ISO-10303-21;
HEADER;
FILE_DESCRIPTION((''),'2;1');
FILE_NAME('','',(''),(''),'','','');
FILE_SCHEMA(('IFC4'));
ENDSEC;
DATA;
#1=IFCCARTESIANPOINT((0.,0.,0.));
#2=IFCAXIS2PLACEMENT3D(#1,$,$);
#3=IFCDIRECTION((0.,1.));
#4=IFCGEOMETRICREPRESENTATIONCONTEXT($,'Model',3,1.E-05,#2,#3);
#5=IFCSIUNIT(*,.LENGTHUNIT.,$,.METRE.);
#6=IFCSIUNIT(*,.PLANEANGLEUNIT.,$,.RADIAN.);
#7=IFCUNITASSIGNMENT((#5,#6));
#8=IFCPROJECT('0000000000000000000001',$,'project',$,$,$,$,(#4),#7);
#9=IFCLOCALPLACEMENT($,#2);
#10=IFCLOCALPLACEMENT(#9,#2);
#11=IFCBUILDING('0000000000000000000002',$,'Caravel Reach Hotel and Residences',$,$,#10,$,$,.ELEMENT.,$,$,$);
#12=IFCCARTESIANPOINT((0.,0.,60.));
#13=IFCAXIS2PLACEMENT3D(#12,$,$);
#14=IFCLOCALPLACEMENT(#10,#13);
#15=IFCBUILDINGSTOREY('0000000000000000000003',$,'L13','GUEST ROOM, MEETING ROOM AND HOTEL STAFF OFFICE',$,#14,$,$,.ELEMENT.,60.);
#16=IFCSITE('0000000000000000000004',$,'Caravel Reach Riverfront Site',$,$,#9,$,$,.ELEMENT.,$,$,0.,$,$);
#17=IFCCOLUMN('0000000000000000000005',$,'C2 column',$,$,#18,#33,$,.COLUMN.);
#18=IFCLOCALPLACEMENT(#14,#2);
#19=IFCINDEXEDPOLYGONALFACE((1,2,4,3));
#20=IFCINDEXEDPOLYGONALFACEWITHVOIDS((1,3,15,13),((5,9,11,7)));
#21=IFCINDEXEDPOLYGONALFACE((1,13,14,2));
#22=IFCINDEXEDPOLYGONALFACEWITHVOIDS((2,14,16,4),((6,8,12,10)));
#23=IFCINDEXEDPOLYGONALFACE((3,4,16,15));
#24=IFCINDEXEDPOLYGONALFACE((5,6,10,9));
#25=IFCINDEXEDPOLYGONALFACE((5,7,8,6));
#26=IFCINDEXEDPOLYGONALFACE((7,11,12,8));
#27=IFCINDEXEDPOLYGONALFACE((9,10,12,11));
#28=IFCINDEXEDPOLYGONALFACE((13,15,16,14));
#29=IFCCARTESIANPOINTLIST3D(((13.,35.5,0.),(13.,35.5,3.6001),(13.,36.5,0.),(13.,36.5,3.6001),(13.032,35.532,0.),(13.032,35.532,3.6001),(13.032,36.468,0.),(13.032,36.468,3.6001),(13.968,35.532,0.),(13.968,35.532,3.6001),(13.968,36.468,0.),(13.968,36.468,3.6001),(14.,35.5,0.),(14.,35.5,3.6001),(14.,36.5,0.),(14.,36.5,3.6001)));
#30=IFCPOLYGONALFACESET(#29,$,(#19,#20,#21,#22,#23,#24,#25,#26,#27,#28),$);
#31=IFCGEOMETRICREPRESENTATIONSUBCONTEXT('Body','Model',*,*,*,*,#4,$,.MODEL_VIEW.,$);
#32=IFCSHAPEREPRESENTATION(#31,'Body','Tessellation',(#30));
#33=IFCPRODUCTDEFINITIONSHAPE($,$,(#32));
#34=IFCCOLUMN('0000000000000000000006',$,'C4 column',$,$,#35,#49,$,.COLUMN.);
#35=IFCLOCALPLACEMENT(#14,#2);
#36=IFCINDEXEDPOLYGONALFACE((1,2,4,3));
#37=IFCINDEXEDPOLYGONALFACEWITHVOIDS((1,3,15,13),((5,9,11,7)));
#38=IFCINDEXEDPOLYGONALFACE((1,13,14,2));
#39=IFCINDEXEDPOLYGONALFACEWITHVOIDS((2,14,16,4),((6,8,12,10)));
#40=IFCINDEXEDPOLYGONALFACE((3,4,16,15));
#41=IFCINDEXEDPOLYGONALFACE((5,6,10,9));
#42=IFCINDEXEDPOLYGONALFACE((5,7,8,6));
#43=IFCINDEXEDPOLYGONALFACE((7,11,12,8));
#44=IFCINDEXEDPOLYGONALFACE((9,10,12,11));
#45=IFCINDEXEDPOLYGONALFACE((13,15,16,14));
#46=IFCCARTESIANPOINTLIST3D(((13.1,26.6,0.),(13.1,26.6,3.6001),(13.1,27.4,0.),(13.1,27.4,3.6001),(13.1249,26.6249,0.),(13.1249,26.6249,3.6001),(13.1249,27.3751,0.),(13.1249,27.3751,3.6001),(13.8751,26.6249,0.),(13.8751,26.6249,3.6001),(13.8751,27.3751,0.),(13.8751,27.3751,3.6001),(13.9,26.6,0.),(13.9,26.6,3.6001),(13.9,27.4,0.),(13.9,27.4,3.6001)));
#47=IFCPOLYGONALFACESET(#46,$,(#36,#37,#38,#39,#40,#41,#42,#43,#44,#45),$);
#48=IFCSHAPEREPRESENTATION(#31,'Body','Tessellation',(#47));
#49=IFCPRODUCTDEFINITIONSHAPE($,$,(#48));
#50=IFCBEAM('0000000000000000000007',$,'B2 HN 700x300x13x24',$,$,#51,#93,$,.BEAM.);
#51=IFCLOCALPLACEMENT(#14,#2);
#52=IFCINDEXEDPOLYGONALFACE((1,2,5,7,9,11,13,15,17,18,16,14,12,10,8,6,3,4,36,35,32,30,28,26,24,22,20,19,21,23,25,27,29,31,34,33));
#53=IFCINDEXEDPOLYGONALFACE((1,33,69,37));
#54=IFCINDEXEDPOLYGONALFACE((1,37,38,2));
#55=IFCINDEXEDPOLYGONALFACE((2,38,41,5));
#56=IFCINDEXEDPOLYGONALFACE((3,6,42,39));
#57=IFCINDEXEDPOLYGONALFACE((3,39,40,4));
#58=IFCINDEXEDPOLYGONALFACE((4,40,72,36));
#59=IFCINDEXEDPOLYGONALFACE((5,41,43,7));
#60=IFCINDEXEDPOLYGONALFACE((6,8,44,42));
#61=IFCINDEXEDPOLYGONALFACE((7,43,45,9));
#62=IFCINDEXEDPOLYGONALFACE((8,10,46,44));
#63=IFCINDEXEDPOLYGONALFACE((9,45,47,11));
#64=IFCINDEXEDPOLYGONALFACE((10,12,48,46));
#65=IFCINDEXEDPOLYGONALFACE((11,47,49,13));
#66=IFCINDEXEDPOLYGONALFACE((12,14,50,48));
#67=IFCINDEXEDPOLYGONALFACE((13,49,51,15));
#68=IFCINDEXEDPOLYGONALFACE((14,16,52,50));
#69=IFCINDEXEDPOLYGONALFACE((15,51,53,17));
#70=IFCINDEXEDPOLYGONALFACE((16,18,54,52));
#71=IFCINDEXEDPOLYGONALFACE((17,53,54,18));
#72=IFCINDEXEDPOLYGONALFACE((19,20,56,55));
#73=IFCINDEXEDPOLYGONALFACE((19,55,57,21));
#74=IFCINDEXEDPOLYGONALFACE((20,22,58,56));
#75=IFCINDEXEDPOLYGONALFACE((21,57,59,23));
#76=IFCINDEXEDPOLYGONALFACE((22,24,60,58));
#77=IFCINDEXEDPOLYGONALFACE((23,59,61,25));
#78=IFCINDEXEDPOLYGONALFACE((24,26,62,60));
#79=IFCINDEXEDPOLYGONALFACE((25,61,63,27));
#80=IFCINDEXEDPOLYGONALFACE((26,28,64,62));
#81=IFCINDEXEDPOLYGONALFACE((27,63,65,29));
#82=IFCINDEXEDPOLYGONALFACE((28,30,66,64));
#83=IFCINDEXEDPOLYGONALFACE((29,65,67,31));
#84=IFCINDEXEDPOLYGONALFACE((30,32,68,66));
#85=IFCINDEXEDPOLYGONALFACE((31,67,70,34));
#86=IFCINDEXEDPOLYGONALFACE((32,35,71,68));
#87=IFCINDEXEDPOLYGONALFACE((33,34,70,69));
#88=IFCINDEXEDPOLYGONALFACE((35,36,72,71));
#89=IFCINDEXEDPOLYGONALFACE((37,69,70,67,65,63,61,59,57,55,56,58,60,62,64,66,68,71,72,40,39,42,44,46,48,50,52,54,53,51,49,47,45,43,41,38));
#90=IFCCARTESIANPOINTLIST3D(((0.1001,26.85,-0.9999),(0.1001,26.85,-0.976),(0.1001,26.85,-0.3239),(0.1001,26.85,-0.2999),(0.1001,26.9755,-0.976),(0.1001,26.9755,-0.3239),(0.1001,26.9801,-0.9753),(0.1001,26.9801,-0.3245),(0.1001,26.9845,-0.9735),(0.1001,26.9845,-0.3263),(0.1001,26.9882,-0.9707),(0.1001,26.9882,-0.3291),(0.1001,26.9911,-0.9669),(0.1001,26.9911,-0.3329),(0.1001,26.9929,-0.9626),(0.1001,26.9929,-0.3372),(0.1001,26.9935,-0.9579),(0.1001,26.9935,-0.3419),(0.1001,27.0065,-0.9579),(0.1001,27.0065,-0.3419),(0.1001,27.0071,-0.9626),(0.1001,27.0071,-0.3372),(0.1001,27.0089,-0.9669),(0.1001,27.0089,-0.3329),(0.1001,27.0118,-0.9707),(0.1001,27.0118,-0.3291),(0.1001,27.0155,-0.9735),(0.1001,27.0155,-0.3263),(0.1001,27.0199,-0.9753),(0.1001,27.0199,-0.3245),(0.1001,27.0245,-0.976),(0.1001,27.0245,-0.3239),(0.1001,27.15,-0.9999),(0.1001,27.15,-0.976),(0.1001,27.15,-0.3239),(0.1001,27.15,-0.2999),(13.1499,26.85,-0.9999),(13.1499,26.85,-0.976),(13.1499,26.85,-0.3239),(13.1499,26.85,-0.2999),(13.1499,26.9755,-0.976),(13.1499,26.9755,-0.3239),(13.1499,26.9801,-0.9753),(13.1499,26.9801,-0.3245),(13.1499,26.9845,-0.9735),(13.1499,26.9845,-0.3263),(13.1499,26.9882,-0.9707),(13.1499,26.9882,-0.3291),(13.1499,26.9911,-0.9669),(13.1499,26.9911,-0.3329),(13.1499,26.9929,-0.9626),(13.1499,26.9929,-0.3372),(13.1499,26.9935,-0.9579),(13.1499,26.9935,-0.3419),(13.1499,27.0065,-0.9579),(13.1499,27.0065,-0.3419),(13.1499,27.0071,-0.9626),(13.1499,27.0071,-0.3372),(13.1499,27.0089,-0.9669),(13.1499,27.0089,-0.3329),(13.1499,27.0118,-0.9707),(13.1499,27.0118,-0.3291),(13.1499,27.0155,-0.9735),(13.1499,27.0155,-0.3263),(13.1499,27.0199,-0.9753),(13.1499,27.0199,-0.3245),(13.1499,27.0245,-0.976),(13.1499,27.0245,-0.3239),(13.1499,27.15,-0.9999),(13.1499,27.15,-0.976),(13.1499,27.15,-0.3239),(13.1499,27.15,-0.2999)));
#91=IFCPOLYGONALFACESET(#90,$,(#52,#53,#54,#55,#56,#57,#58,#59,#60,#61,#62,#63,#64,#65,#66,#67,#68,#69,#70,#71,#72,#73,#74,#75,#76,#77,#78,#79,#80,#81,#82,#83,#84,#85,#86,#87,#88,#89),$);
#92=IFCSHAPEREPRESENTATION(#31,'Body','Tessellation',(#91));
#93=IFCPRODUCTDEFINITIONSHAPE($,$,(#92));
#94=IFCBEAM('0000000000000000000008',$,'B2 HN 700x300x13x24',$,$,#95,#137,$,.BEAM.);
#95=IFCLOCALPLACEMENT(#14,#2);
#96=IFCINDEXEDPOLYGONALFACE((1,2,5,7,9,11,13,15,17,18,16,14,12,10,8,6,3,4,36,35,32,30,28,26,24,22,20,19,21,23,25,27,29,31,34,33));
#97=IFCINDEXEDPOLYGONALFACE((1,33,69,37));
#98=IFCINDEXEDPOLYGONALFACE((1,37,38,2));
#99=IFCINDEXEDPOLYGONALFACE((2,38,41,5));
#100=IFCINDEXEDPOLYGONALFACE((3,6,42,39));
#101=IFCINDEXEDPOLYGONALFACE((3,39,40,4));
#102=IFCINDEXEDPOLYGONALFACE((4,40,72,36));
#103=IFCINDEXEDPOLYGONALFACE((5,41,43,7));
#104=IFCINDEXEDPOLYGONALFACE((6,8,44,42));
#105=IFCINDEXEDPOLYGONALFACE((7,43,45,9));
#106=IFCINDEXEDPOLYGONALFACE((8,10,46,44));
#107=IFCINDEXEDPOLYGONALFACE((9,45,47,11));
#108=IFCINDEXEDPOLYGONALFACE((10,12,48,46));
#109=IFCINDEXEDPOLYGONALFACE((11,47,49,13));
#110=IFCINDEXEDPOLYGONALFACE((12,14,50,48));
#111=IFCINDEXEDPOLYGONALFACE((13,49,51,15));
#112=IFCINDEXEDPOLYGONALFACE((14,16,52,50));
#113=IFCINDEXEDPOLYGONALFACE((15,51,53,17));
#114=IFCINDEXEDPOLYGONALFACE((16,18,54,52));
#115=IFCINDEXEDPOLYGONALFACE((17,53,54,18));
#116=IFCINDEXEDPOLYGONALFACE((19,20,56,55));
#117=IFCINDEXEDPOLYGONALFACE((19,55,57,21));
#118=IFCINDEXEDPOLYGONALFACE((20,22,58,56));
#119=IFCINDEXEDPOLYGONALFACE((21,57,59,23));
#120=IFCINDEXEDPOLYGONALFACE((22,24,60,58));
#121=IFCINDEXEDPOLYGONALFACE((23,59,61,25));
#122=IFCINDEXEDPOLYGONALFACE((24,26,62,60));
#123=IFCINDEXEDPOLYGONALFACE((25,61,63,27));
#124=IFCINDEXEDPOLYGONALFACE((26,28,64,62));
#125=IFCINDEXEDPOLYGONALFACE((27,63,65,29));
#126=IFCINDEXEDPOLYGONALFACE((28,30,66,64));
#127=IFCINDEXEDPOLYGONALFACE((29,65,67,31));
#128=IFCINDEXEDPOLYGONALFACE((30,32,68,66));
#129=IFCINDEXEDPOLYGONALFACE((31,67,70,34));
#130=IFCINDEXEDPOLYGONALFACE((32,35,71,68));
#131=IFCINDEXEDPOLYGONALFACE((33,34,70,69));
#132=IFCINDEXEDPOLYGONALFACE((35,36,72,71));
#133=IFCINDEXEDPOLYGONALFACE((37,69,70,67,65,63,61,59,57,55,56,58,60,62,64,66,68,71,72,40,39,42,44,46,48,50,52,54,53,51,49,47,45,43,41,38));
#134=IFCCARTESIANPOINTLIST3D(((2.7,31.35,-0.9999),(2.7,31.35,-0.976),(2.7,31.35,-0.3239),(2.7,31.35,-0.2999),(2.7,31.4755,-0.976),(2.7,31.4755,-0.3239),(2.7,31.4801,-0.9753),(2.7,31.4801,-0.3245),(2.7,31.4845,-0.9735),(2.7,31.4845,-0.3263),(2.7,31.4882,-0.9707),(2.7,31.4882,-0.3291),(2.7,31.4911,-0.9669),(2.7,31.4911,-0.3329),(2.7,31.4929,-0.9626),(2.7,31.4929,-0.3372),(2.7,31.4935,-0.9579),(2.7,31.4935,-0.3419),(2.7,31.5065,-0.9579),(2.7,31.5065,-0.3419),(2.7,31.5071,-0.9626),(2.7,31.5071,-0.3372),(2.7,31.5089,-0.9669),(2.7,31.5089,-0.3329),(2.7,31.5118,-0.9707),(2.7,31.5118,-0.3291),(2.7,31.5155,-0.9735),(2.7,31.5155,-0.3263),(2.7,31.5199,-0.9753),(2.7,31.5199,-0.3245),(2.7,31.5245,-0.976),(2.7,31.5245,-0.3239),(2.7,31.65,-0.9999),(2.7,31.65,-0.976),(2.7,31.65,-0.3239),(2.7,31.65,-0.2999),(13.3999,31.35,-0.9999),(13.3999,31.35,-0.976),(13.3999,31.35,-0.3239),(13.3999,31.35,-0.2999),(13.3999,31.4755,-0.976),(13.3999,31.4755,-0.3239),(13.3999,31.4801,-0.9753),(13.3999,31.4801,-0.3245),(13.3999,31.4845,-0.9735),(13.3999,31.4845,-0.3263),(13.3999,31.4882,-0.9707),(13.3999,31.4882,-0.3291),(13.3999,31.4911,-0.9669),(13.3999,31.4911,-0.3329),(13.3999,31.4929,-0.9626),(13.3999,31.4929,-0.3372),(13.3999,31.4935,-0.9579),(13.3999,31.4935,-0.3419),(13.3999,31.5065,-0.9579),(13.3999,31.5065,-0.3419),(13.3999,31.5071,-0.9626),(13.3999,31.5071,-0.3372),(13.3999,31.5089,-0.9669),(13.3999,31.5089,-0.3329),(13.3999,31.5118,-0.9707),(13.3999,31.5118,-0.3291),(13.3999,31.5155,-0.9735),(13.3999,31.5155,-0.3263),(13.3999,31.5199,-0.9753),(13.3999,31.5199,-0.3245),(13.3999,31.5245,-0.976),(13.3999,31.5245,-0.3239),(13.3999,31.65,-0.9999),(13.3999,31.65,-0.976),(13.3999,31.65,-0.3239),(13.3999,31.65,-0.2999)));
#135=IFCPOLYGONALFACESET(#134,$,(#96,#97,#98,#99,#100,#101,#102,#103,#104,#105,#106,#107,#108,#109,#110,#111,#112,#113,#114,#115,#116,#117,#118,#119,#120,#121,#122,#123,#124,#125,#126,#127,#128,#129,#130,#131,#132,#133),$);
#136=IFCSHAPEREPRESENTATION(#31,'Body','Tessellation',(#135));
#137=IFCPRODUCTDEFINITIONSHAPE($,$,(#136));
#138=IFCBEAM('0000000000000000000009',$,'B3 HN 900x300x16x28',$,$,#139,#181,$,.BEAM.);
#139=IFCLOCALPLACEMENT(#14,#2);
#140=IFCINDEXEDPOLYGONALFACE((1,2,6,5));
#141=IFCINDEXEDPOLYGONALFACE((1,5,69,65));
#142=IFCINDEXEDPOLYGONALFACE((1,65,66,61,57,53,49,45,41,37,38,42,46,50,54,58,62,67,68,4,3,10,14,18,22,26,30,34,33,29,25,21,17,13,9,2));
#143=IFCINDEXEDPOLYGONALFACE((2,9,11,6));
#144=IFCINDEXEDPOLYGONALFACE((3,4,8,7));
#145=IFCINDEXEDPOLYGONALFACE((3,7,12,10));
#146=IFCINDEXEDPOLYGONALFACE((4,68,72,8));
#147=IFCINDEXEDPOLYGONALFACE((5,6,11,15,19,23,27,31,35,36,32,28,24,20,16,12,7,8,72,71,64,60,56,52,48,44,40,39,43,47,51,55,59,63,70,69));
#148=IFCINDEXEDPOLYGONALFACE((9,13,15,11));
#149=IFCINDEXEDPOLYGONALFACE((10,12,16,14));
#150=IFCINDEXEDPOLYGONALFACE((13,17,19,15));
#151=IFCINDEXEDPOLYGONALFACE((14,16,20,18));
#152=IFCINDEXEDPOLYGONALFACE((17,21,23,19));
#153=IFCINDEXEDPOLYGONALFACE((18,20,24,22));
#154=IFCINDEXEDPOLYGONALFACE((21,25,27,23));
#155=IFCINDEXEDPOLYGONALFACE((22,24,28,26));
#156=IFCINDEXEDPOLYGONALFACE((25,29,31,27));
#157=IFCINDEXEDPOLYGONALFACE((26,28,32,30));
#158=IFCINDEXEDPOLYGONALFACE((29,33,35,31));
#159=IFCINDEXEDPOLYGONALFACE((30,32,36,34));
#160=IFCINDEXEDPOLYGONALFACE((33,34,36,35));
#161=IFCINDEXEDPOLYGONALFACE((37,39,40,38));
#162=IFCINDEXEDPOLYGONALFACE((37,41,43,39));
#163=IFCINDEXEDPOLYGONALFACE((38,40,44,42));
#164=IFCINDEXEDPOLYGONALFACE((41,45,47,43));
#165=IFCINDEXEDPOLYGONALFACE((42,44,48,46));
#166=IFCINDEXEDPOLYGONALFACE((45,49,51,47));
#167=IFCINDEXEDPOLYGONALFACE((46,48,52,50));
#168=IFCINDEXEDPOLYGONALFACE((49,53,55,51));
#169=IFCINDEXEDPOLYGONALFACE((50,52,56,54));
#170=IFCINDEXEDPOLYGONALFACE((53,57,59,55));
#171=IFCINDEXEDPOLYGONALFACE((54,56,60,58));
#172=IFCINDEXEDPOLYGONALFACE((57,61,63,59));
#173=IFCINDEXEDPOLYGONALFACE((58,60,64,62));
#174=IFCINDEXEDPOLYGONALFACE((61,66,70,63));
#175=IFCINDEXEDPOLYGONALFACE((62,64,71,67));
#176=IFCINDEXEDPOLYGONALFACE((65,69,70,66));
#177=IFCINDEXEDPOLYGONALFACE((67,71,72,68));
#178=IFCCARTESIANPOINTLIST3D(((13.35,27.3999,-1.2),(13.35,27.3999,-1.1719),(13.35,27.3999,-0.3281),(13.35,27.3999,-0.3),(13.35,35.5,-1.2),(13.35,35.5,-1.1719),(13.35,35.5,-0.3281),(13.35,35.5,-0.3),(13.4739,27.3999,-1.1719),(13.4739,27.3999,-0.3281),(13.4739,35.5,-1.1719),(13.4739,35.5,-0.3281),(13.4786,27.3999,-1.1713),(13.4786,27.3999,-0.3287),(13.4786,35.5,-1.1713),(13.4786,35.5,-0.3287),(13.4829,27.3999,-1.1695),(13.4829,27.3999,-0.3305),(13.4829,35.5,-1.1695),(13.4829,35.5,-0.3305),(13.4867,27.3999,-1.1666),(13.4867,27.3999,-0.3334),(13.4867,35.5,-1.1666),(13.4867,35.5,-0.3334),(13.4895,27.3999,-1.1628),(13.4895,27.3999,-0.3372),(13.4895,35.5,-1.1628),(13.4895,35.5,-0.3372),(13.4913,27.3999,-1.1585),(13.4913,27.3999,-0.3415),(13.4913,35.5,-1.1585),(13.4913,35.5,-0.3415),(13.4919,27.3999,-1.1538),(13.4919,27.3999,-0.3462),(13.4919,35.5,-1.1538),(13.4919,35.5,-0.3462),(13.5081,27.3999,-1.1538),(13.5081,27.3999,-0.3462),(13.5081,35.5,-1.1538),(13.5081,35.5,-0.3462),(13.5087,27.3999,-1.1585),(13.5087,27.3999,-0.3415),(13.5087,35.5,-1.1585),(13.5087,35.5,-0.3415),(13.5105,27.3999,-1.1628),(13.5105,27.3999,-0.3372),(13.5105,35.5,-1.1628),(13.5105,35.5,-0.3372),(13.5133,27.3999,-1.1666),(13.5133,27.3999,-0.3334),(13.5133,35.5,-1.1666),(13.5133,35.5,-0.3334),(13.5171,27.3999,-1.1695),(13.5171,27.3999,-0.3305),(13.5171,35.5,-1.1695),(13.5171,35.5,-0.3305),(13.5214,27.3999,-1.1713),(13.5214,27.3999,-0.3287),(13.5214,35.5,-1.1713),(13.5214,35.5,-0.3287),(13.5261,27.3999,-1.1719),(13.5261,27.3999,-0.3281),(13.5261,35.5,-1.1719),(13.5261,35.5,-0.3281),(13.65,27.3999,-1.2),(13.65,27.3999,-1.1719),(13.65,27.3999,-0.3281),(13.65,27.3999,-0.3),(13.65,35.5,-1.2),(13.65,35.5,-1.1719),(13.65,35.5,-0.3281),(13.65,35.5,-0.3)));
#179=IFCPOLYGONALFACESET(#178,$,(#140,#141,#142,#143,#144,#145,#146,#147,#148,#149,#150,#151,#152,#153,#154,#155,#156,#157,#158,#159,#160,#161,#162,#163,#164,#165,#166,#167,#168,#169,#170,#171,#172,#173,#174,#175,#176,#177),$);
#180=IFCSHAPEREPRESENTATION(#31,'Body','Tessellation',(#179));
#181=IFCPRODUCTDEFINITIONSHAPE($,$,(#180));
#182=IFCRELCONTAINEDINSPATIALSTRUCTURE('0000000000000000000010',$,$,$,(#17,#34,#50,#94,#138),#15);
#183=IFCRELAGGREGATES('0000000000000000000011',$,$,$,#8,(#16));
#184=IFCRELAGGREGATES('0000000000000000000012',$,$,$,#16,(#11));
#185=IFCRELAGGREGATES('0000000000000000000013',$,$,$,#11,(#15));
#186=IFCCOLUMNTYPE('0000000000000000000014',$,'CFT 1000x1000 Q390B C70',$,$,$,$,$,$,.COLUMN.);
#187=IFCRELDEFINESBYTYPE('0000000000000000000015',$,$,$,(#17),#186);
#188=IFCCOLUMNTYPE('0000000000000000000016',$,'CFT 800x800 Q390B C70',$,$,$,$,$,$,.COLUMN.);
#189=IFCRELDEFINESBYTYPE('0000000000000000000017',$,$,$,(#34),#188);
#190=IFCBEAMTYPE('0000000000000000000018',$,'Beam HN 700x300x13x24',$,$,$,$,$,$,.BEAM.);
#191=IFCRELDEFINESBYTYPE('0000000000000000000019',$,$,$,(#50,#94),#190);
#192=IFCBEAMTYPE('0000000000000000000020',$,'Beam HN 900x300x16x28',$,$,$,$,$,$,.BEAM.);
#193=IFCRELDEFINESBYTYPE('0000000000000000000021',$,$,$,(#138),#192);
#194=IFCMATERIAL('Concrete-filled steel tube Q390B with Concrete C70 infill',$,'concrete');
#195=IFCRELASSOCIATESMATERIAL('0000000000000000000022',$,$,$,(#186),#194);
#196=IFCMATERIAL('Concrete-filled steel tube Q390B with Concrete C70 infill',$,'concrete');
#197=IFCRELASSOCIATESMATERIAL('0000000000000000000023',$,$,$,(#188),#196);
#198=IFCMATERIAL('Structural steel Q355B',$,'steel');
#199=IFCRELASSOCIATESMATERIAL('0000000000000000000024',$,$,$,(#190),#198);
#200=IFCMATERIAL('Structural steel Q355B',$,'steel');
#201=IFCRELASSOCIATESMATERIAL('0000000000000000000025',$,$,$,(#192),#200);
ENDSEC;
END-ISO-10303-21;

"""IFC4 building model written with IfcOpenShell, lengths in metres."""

from ifc_helpers import new_model, si_unit, direction, frame, origin, origin_2d, place, context, subcontext, project, spatial, hollow_rectangle, i_section, extrude, material, material_profile, profile_set, type_object, element, save


model = new_model("IFC4")

# Units and contexts
model_context = context("Model", 3, precision=1e-05, world=origin(), true_north=direction((0.0, 1.0)))
body_context = subcontext(model_context, "Body", "Model", "MODEL_VIEW")
ifc_project = project(units=[si_unit("LENGTHUNIT", "METRE"), si_unit("PLANEANGLEUNIT", "RADIAN")], contexts=[model_context])

# Site, building, storey
site_placement = place(None, origin())
site = spatial("IfcSite", under=ifc_project, at=site_placement, Name="Caravel Reach Riverfront Site", CompositionType="ELEMENT", RefElevation=0.0)
building_placement = place(site_placement, origin())
building = spatial("IfcBuilding", under=site, at=building_placement, Name="Caravel Reach Hotel and Residences", CompositionType="ELEMENT")
storey_placement = place(building_placement, frame((0.0, 0.0, 60.0)))
storey = spatial("IfcBuildingStorey", under=building, at=storey_placement, Name="L13", Description="GUEST ROOM, MEETING ROOM AND HOTEL STAFF OFFICE", CompositionType="ELEMENT", Elevation=60.0)

# Columns
ifc_material_1 = material(Name="Concrete-filled steel tube Q390B with Concrete C70 infill", Category="concrete")
ifc_material_profile_1 = material_profile(ifc_material_1, hollow_rectangle(XDim=1.0, YDim=1.0, WallThickness=0.032, at=origin_2d()), Name="RHS 1000x1000x32")
ifc_profile_set_1 = profile_set([ifc_material_profile_1], Name="Concrete-filled steel tube Q390B with Concrete C70 infill")
column_type_1 = type_object("IfcColumnType", Name="CFT 1000x1000 Q390B C70", PredefinedType="COLUMN", material=ifc_profile_set_1)
column_1_placement = place(storey_placement, frame((13.5, 36.0, 0.0), z_axis=(0.0, 0.0, 1.0), x_axis=(1.0, 0.0, 0.0)))
element("IfcColumn", 1, at=column_1_placement, inside=storey, type_object=column_type_1, Name="C2 column", PredefinedType="COLUMN", context=body_context, shape_type="SweptSolid", body=[
    extrude(hollow_rectangle(XDim=1.0, YDim=1.0, WallThickness=0.032, at=origin_2d()), origin(), (0.0, 0.0, 1.0), 3.6001),
])
ifc_material_2 = material(Name="Concrete-filled steel tube Q390B with Concrete C70 infill", Category="concrete")
ifc_material_profile_2 = material_profile(ifc_material_2, hollow_rectangle(XDim=0.8, YDim=0.8, WallThickness=0.0249, at=origin_2d()), Name="RHS 800x800x25")
ifc_profile_set_2 = profile_set([ifc_material_profile_2], Name="Concrete-filled steel tube Q390B with Concrete C70 infill")
column_type_2 = type_object("IfcColumnType", Name="CFT 800x800 Q390B C70", PredefinedType="COLUMN", material=ifc_profile_set_2)
column_2_placement = place(storey_placement, frame((13.5, 27.0, 0.0), z_axis=(0.0, 0.0, 1.0), x_axis=(1.0, 0.0, 0.0)))
element("IfcColumn", 2, at=column_2_placement, inside=storey, type_object=column_type_2, Name="C4 column", PredefinedType="COLUMN", context=body_context, shape_type="SweptSolid", body=[
    extrude(hollow_rectangle(XDim=0.8, YDim=0.8, WallThickness=0.0249, at=origin_2d()), origin(), (0.0, 0.0, 1.0), 3.6001),
])

# Beams
ifc_material_3 = material(Name="Structural steel Q355B", Category="steel")
ifc_material_profile_3 = material_profile(ifc_material_3, i_section(OverallWidth=0.3, OverallDepth=0.7, WebThickness=0.0129, FlangeThickness=0.0239, FilletRadius=0.0181, at=origin_2d()), Name="HN 700x300x13x24")
ifc_profile_set_3 = profile_set([ifc_material_profile_3], Name="Structural steel Q355B")
beam_type_1 = type_object("IfcBeamType", Name="Beam HN 700x300x13x24", PredefinedType="BEAM", material=ifc_profile_set_3)
beam_1_placement = place(storey_placement, frame((13.1499, 27.0, -0.6499), z_axis=(-1.0, 0.0, 0.0), x_axis=(0.0, -1.0, 0.0)))
element("IfcBeam", 3, at=beam_1_placement, inside=storey, type_object=beam_type_1, Name="B2 HN 700x300x13x24", PredefinedType="BEAM", context=body_context, shape_type="SweptSolid", body=[
    extrude(i_section(OverallWidth=0.3, OverallDepth=0.7, WebThickness=0.0129, FlangeThickness=0.0239, FilletRadius=0.0181, at=origin_2d()), origin(), (0.0, 0.0, 1.0), 13.0498),
])
beam_2_placement = place(storey_placement, frame((13.3999, 31.5, -0.6499), z_axis=(-1.0, 0.0, 0.0), x_axis=(0.0, -1.0, 0.0)))
element("IfcBeam", 4, at=beam_2_placement, inside=storey, type_object=beam_type_1, Name="B2 HN 700x300x13x24", PredefinedType="BEAM", context=body_context, shape_type="SweptSolid", body=[
    extrude(i_section(OverallWidth=0.3, OverallDepth=0.7, WebThickness=0.0129, FlangeThickness=0.0239, FilletRadius=0.0181, at=origin_2d()), origin(), (0.0, 0.0, 1.0), 10.7),
])
ifc_material_4 = material(Name="Structural steel Q355B", Category="steel")
ifc_material_profile_4 = material_profile(ifc_material_4, i_section(OverallWidth=0.3, OverallDepth=0.8999, WebThickness=0.0161, FlangeThickness=0.0281, FilletRadius=0.0181, at=origin_2d()), Name="HN 900x300x16x28")
ifc_profile_set_4 = profile_set([ifc_material_profile_4], Name="Structural steel Q355B")
beam_type_2 = type_object("IfcBeamType", Name="Beam HN 900x300x16x28", PredefinedType="BEAM", material=ifc_profile_set_4)
beam_3_placement = place(storey_placement, frame((13.5, 27.3999, -0.75), z_axis=(0.0, 1.0, 0.0), x_axis=(-1.0, 0.0, 0.0)))
element("IfcBeam", 5, at=beam_3_placement, inside=storey, type_object=beam_type_2, Name="B3 HN 900x300x16x28", PredefinedType="BEAM", context=body_context, shape_type="SweptSolid", body=[
    extrude(i_section(OverallWidth=0.3, OverallDepth=0.8999, WebThickness=0.0161, FlangeThickness=0.0281, FilletRadius=0.0181, at=origin_2d()), origin(), (0.0, 0.0, 1.0), 8.1001),
])

save(model, "model.ifc")
